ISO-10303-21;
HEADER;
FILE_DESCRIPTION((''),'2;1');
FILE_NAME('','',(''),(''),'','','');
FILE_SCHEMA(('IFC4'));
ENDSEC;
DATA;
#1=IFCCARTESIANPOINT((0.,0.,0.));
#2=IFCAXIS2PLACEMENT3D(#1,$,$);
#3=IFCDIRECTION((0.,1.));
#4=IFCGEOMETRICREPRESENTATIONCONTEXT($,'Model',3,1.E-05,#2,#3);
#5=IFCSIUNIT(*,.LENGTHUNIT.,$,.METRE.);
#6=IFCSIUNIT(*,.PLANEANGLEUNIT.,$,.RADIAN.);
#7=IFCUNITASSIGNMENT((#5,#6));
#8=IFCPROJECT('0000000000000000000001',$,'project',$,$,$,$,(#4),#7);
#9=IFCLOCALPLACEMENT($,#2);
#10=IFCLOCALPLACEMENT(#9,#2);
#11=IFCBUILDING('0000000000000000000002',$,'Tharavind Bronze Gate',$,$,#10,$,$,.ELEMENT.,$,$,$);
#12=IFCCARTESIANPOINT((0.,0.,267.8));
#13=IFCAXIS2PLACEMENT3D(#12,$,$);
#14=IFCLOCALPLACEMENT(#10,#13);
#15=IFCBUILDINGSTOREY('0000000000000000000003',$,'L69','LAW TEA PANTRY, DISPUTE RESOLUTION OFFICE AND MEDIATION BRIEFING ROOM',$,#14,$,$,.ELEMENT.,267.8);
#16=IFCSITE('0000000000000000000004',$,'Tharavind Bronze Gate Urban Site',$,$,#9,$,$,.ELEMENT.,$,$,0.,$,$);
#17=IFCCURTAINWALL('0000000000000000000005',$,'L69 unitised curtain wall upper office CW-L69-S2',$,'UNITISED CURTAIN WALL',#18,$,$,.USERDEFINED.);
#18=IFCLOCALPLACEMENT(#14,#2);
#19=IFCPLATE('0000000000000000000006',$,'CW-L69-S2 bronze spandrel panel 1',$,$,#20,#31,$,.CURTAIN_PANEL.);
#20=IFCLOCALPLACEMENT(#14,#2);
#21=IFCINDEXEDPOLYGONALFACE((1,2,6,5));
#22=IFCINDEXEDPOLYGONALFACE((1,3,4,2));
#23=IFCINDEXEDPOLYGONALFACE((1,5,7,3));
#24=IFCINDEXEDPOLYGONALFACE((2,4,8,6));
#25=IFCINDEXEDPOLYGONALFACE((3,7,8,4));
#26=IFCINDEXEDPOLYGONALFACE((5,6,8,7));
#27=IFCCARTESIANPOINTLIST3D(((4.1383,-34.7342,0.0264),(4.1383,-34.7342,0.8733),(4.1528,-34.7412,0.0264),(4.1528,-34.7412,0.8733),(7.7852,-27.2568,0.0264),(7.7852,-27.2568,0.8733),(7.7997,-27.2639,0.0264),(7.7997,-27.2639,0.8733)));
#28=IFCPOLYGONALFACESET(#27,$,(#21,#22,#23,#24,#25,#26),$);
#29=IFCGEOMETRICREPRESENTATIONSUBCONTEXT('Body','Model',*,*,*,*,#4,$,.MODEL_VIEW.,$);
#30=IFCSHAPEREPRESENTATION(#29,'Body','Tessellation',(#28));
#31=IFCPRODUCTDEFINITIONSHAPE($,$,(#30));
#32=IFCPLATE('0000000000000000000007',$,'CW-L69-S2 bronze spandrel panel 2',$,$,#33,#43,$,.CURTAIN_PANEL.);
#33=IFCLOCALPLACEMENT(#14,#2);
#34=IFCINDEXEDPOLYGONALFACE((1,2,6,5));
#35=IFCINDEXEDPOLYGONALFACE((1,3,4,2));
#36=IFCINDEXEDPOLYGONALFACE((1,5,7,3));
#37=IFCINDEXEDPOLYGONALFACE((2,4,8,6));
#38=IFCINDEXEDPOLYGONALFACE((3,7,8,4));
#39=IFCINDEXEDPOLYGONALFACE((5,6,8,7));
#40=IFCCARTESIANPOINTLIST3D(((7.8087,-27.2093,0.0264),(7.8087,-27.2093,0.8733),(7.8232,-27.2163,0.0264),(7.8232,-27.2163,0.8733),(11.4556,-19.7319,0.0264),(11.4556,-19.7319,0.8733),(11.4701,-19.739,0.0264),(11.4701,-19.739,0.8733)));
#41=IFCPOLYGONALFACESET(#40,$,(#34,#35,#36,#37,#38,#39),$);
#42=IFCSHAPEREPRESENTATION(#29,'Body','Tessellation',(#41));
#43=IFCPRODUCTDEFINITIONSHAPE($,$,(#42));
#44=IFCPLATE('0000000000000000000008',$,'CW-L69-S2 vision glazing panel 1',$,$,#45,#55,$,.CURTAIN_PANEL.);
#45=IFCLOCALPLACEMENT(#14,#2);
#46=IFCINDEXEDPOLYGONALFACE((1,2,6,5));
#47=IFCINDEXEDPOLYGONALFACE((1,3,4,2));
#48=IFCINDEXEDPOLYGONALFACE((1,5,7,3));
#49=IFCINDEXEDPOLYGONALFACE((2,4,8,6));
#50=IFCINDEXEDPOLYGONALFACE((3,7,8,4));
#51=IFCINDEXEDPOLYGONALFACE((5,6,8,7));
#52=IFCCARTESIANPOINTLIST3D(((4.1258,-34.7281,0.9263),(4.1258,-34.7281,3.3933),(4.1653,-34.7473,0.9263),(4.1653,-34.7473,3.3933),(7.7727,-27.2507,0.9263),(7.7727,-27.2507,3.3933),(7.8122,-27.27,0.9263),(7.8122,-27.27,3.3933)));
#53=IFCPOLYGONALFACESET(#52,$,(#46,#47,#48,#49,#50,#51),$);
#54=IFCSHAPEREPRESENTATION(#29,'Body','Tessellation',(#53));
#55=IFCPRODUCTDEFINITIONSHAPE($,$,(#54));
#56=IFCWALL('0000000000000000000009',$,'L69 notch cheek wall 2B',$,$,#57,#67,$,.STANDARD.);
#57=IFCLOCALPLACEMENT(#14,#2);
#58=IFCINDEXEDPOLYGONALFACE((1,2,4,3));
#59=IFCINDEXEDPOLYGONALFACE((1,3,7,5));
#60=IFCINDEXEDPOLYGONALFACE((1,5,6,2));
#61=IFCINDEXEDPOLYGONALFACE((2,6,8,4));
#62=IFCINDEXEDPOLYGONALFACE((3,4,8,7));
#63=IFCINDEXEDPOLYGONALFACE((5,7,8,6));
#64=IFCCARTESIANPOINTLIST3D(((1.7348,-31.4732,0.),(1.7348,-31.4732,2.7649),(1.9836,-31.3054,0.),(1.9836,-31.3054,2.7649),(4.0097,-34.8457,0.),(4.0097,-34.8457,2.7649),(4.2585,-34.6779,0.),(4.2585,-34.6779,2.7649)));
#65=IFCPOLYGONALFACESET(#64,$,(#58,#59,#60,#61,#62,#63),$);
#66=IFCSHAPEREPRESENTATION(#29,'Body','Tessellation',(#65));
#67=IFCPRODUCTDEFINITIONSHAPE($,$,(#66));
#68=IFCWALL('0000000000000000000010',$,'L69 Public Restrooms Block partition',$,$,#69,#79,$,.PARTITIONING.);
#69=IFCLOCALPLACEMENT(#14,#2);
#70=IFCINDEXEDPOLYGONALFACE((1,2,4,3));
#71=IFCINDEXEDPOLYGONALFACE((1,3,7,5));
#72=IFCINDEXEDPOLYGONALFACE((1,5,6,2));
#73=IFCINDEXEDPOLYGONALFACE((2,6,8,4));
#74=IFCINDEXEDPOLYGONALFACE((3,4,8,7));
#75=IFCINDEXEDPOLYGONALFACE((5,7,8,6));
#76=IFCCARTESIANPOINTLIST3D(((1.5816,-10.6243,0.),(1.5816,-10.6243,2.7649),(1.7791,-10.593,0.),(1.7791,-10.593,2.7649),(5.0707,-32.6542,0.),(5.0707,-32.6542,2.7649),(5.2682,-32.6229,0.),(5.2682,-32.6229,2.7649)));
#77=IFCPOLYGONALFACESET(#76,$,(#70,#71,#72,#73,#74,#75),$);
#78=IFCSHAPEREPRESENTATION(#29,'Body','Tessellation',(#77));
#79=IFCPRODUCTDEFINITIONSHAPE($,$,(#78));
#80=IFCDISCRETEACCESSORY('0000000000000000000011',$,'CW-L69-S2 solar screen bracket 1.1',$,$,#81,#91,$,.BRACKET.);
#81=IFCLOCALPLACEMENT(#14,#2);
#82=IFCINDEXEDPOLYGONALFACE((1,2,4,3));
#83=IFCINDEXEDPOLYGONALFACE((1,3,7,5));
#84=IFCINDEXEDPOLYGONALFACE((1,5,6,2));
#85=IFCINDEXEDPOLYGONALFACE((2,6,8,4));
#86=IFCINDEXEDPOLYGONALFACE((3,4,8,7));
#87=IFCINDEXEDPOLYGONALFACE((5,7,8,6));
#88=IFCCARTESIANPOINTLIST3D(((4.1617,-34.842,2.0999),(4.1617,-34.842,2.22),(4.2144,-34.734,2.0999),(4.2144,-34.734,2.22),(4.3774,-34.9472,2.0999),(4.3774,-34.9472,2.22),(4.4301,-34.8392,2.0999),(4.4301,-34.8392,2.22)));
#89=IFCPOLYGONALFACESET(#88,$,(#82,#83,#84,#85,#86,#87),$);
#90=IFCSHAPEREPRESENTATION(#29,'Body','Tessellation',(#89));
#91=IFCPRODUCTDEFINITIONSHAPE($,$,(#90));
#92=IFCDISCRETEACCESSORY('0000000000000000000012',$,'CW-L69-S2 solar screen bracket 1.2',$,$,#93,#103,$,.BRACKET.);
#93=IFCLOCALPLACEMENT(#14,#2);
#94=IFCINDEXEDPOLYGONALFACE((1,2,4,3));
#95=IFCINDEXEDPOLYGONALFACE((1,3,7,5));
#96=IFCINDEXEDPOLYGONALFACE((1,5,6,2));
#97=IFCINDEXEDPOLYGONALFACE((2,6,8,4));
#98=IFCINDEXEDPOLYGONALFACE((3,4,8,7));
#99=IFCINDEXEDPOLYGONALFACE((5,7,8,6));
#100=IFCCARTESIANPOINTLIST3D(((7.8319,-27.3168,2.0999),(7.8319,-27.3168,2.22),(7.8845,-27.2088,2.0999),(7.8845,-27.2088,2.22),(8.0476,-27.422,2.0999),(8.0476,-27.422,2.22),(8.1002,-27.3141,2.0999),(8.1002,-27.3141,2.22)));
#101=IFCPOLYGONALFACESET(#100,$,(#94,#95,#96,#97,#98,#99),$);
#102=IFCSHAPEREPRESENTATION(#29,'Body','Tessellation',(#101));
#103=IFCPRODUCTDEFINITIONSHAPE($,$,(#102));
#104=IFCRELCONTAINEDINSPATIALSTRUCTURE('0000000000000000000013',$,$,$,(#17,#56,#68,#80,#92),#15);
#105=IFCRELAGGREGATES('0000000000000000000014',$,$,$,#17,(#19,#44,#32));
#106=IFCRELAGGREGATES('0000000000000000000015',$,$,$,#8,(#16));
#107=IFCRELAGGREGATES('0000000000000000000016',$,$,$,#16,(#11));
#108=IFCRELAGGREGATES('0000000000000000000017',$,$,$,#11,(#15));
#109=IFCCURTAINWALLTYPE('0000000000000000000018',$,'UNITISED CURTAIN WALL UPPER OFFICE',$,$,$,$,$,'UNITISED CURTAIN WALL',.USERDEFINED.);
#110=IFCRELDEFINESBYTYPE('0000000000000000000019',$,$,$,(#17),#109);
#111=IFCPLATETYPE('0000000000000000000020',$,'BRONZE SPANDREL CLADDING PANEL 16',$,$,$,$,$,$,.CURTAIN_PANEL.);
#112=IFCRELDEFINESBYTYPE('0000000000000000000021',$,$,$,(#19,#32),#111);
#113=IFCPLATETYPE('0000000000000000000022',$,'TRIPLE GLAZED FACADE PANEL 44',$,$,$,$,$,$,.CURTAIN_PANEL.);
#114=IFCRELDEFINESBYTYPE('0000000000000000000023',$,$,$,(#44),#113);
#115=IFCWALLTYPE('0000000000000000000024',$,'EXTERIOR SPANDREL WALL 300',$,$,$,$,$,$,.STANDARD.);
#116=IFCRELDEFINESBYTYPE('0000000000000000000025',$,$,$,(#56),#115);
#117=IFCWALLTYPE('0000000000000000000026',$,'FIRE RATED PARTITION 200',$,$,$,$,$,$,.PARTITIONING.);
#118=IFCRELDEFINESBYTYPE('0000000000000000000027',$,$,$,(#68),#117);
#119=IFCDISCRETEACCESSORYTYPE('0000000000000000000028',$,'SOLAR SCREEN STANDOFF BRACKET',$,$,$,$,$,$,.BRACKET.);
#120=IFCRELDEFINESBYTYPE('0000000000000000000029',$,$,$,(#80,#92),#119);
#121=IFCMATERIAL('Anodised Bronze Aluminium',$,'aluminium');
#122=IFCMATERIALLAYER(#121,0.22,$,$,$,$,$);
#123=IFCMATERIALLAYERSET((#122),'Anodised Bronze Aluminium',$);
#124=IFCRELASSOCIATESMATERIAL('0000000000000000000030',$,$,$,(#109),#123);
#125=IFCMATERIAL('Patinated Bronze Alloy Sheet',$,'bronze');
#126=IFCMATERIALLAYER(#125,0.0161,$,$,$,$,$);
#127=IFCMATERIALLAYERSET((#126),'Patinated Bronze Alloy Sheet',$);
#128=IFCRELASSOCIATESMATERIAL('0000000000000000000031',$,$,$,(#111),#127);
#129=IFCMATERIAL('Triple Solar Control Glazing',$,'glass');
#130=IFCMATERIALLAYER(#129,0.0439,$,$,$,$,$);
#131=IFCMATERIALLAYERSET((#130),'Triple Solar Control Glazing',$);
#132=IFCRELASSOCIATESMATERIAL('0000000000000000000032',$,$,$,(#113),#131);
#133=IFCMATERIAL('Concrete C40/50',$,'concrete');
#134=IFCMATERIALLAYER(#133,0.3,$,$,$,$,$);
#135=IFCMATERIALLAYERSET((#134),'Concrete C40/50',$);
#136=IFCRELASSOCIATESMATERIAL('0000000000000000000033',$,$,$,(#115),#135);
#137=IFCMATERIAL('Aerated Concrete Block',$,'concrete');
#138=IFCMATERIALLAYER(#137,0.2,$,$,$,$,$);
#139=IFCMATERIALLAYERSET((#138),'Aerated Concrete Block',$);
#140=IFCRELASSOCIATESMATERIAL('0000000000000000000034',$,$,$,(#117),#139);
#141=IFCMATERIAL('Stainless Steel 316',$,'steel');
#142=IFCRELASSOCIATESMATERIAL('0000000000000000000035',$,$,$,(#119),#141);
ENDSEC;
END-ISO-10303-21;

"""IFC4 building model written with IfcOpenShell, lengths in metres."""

from ifc_helpers import new_model, si_unit, direction, frame, frame_2d, origin, origin_2d, place, context, subcontext, project, spatial, rectangle, extrude, material, layer, layer_set, type_object, element, aggregate, save


model = new_model("IFC4")

# Units and contexts
model_context = context("Model", 3, precision=1e-05, world=origin(), true_north=direction((0.0, 1.0)))
body_context = subcontext(model_context, "Body", "Model", "MODEL_VIEW")
ifc_project = project(units=[si_unit("LENGTHUNIT", "METRE"), si_unit("PLANEANGLEUNIT", "RADIAN")], contexts=[model_context])

# Site, building, storey
site_placement = place(None, origin())
site = spatial("IfcSite", under=ifc_project, at=site_placement, Name="Tharavind Bronze Gate Urban Site", CompositionType="ELEMENT", RefElevation=0.0)
building_placement = place(site_placement, origin())
building = spatial("IfcBuilding", under=site, at=building_placement, Name="Tharavind Bronze Gate", CompositionType="ELEMENT")
storey_placement = place(building_placement, frame((0.0, 0.0, 267.8)))
storey = spatial("IfcBuildingStorey", under=building, at=storey_placement, Name="L69", Description="LAW TEA PANTRY, DISPUTE RESOLUTION OFFICE AND MEDIATION BRIEFING ROOM", CompositionType="ELEMENT", Elevation=267.8)

# Curtain wall
ifc_material_1 = material(Name="Anodised Bronze Aluminium", Category="aluminium")
ifc_layer_1 = layer(ifc_material_1, 0.22)
ifc_layer_set_1 = layer_set([ifc_layer_1], Name="Anodised Bronze Aluminium")
curtain_wall_type = type_object("IfcCurtainWallType", Name="UNITISED CURTAIN WALL UPPER OFFICE", ElementType="UNITISED CURTAIN WALL", PredefinedType="USERDEFINED", material=ifc_layer_set_1)
curtain_wall_placement = place(storey_placement, origin())
curtain_wall = element("IfcCurtainWall", 1, at=curtain_wall_placement, inside=storey, type_object=curtain_wall_type, Name="L69 unitised curtain wall upper office CW-L69-S2", ObjectType="UNITISED CURTAIN WALL", PredefinedType="USERDEFINED")

# Plates
ifc_material_2 = material(Name="Patinated Bronze Alloy Sheet", Category="bronze")
ifc_layer_2 = layer(ifc_material_2, 0.0161)
ifc_layer_set_2 = layer_set([ifc_layer_2], Name="Patinated Bronze Alloy Sheet")
plate_type_1 = type_object("IfcPlateType", Name="BRONZE SPANDREL CLADDING PANEL 16", PredefinedType="CURTAIN_PANEL", material=ifc_layer_set_2)
plate_1_placement = place(storey_placement, frame((5.969, -30.999, 0.0264), z_axis=(0.0, 0.0, 1.0), x_axis=(0.438373, 0.898793, 0.0)))
plate_1 = element("IfcPlate", 2, at=plate_1_placement, type_object=plate_type_1, Name="CW-L69-S2 bronze spandrel panel 1", PredefinedType="CURTAIN_PANEL", context=body_context, shape_type="SweptSolid", body=[
    extrude(rectangle(XDim=8.3193, YDim=0.0161, at=origin_2d()), origin(), (0.0, 0.0, 1.0), 0.8469),
])
plate_2_placement = place(storey_placement, frame((9.6394, -23.4741, 0.0264), z_axis=(0.0, 0.0, 1.0), x_axis=(0.438373, 0.898793, 0.0)))
plate_2 = element("IfcPlate", 3, at=plate_2_placement, type_object=plate_type_1, Name="CW-L69-S2 bronze spandrel panel 2", PredefinedType="CURTAIN_PANEL", context=body_context, shape_type="SweptSolid", body=[
    extrude(rectangle(XDim=8.3193, YDim=0.0161, at=origin_2d()), origin(), (0.0, 0.0, 1.0), 0.8469),
])
ifc_material_3 = material(Name="Triple Solar Control Glazing", Category="glass")
ifc_layer_3 = layer(ifc_material_3, 0.0439)
ifc_layer_set_3 = layer_set([ifc_layer_3], Name="Triple Solar Control Glazing")
plate_type_2 = type_object("IfcPlateType", Name="TRIPLE GLAZED FACADE PANEL 44", PredefinedType="CURTAIN_PANEL", material=ifc_layer_set_3)
plate_3_placement = place(storey_placement, frame((5.969, -30.999, 0.9263), z_axis=(0.0, 0.0, 1.0), x_axis=(0.438373, 0.898793, 0.0)))
plate_3 = element("IfcPlate", 4, at=plate_3_placement, type_object=plate_type_2, Name="CW-L69-S2 vision glazing panel 1", PredefinedType="CURTAIN_PANEL", context=body_context, shape_type="SweptSolid", body=[
    extrude(rectangle(XDim=8.3193, YDim=0.0439, at=origin_2d()), origin(), (0.0, 0.0, 1.0), 2.467),
])
aggregate(curtain_wall, [plate_1, plate_3, plate_2])

# Walls
ifc_material_4 = material(Name="Concrete C40/50", Category="concrete")
ifc_layer_4 = layer(ifc_material_4, 0.3)
ifc_layer_set_4 = layer_set([ifc_layer_4], Name="Concrete C40/50")
wall_type_1 = type_object("IfcWallType", Name="EXTERIOR SPANDREL WALL 300", PredefinedType="STANDARD", material=ifc_layer_set_4)
wall_1_placement = place(storey_placement, frame((1.8591, -31.3892, 0.0), z_axis=(0.0, 0.0, 1.0), x_axis=(0.559207, -0.829028, 0.0)))
element("IfcWall", 5, at=wall_1_placement, inside=storey, type_object=wall_type_1, Name="L69 notch cheek wall 2B", PredefinedType="STANDARD", context=body_context, shape_type="SweptSolid", body=[
    extrude(rectangle(XDim=4.0681, YDim=0.3, at=frame_2d((2.0342, 0.0))), origin(), (0.0, 0.0, 1.0), 2.7649),
])
ifc_material_5 = material(Name="Aerated Concrete Block", Category="concrete")
ifc_layer_5 = layer(ifc_material_5, 0.2)
ifc_layer_set_5 = layer_set([ifc_layer_5], Name="Aerated Concrete Block")
wall_type_2 = type_object("IfcWallType", Name="FIRE RATED PARTITION 200", PredefinedType="PARTITIONING", material=ifc_layer_set_5)
wall_2_placement = place(storey_placement, frame((5.1694, -32.6387, 0.0), z_axis=(0.0, 0.0, 1.0), x_axis=(-0.156427, 0.987689, 0.0)))
element("IfcWall", 6, at=wall_2_placement, inside=storey, type_object=wall_type_2, Name="L69 Public Restrooms Block partition", PredefinedType="PARTITIONING", context=body_context, shape_type="SweptSolid", body=[
    extrude(rectangle(XDim=22.3044, YDim=0.2, at=frame_2d((11.1523, 0.0))), origin(), (0.0, 0.0, 1.0), 2.7649),
])

# Discrete accessories
ifc_material_6 = material(Name="Stainless Steel 316", Category="steel")
discrete_accessory_type = type_object("IfcDiscreteAccessoryType", Name="SOLAR SCREEN STANDOFF BRACKET", PredefinedType="BRACKET", material=ifc_material_6)
for number, where, z_axis, x_axis, name in (
    (7, (4.2959, -34.8406, 2.0999), (0.0, 0.0, 1.0), (0.438373, 0.898793, 0.0), "CW-L69-S2 solar screen bracket 1.1"),
    (8, (7.9661, -27.3154, 2.0999), (0.0, 0.0, 1.0), (0.438373, 0.898793, 0.0), "CW-L69-S2 solar screen bracket 1.2"),
):
    element("IfcDiscreteAccessory", number, at=place(storey_placement, frame(where, z_axis=z_axis, x_axis=x_axis)), inside=storey, type_object=discrete_accessory_type, Name=name, PredefinedType="BRACKET", context=body_context, shape_type="SweptSolid", body=[
        extrude(rectangle(XDim=0.1201, YDim=0.24, at=origin_2d()), origin(), (0.0, 0.0, 1.0), 0.1201),
    ])

save(model, "model.ifc")
